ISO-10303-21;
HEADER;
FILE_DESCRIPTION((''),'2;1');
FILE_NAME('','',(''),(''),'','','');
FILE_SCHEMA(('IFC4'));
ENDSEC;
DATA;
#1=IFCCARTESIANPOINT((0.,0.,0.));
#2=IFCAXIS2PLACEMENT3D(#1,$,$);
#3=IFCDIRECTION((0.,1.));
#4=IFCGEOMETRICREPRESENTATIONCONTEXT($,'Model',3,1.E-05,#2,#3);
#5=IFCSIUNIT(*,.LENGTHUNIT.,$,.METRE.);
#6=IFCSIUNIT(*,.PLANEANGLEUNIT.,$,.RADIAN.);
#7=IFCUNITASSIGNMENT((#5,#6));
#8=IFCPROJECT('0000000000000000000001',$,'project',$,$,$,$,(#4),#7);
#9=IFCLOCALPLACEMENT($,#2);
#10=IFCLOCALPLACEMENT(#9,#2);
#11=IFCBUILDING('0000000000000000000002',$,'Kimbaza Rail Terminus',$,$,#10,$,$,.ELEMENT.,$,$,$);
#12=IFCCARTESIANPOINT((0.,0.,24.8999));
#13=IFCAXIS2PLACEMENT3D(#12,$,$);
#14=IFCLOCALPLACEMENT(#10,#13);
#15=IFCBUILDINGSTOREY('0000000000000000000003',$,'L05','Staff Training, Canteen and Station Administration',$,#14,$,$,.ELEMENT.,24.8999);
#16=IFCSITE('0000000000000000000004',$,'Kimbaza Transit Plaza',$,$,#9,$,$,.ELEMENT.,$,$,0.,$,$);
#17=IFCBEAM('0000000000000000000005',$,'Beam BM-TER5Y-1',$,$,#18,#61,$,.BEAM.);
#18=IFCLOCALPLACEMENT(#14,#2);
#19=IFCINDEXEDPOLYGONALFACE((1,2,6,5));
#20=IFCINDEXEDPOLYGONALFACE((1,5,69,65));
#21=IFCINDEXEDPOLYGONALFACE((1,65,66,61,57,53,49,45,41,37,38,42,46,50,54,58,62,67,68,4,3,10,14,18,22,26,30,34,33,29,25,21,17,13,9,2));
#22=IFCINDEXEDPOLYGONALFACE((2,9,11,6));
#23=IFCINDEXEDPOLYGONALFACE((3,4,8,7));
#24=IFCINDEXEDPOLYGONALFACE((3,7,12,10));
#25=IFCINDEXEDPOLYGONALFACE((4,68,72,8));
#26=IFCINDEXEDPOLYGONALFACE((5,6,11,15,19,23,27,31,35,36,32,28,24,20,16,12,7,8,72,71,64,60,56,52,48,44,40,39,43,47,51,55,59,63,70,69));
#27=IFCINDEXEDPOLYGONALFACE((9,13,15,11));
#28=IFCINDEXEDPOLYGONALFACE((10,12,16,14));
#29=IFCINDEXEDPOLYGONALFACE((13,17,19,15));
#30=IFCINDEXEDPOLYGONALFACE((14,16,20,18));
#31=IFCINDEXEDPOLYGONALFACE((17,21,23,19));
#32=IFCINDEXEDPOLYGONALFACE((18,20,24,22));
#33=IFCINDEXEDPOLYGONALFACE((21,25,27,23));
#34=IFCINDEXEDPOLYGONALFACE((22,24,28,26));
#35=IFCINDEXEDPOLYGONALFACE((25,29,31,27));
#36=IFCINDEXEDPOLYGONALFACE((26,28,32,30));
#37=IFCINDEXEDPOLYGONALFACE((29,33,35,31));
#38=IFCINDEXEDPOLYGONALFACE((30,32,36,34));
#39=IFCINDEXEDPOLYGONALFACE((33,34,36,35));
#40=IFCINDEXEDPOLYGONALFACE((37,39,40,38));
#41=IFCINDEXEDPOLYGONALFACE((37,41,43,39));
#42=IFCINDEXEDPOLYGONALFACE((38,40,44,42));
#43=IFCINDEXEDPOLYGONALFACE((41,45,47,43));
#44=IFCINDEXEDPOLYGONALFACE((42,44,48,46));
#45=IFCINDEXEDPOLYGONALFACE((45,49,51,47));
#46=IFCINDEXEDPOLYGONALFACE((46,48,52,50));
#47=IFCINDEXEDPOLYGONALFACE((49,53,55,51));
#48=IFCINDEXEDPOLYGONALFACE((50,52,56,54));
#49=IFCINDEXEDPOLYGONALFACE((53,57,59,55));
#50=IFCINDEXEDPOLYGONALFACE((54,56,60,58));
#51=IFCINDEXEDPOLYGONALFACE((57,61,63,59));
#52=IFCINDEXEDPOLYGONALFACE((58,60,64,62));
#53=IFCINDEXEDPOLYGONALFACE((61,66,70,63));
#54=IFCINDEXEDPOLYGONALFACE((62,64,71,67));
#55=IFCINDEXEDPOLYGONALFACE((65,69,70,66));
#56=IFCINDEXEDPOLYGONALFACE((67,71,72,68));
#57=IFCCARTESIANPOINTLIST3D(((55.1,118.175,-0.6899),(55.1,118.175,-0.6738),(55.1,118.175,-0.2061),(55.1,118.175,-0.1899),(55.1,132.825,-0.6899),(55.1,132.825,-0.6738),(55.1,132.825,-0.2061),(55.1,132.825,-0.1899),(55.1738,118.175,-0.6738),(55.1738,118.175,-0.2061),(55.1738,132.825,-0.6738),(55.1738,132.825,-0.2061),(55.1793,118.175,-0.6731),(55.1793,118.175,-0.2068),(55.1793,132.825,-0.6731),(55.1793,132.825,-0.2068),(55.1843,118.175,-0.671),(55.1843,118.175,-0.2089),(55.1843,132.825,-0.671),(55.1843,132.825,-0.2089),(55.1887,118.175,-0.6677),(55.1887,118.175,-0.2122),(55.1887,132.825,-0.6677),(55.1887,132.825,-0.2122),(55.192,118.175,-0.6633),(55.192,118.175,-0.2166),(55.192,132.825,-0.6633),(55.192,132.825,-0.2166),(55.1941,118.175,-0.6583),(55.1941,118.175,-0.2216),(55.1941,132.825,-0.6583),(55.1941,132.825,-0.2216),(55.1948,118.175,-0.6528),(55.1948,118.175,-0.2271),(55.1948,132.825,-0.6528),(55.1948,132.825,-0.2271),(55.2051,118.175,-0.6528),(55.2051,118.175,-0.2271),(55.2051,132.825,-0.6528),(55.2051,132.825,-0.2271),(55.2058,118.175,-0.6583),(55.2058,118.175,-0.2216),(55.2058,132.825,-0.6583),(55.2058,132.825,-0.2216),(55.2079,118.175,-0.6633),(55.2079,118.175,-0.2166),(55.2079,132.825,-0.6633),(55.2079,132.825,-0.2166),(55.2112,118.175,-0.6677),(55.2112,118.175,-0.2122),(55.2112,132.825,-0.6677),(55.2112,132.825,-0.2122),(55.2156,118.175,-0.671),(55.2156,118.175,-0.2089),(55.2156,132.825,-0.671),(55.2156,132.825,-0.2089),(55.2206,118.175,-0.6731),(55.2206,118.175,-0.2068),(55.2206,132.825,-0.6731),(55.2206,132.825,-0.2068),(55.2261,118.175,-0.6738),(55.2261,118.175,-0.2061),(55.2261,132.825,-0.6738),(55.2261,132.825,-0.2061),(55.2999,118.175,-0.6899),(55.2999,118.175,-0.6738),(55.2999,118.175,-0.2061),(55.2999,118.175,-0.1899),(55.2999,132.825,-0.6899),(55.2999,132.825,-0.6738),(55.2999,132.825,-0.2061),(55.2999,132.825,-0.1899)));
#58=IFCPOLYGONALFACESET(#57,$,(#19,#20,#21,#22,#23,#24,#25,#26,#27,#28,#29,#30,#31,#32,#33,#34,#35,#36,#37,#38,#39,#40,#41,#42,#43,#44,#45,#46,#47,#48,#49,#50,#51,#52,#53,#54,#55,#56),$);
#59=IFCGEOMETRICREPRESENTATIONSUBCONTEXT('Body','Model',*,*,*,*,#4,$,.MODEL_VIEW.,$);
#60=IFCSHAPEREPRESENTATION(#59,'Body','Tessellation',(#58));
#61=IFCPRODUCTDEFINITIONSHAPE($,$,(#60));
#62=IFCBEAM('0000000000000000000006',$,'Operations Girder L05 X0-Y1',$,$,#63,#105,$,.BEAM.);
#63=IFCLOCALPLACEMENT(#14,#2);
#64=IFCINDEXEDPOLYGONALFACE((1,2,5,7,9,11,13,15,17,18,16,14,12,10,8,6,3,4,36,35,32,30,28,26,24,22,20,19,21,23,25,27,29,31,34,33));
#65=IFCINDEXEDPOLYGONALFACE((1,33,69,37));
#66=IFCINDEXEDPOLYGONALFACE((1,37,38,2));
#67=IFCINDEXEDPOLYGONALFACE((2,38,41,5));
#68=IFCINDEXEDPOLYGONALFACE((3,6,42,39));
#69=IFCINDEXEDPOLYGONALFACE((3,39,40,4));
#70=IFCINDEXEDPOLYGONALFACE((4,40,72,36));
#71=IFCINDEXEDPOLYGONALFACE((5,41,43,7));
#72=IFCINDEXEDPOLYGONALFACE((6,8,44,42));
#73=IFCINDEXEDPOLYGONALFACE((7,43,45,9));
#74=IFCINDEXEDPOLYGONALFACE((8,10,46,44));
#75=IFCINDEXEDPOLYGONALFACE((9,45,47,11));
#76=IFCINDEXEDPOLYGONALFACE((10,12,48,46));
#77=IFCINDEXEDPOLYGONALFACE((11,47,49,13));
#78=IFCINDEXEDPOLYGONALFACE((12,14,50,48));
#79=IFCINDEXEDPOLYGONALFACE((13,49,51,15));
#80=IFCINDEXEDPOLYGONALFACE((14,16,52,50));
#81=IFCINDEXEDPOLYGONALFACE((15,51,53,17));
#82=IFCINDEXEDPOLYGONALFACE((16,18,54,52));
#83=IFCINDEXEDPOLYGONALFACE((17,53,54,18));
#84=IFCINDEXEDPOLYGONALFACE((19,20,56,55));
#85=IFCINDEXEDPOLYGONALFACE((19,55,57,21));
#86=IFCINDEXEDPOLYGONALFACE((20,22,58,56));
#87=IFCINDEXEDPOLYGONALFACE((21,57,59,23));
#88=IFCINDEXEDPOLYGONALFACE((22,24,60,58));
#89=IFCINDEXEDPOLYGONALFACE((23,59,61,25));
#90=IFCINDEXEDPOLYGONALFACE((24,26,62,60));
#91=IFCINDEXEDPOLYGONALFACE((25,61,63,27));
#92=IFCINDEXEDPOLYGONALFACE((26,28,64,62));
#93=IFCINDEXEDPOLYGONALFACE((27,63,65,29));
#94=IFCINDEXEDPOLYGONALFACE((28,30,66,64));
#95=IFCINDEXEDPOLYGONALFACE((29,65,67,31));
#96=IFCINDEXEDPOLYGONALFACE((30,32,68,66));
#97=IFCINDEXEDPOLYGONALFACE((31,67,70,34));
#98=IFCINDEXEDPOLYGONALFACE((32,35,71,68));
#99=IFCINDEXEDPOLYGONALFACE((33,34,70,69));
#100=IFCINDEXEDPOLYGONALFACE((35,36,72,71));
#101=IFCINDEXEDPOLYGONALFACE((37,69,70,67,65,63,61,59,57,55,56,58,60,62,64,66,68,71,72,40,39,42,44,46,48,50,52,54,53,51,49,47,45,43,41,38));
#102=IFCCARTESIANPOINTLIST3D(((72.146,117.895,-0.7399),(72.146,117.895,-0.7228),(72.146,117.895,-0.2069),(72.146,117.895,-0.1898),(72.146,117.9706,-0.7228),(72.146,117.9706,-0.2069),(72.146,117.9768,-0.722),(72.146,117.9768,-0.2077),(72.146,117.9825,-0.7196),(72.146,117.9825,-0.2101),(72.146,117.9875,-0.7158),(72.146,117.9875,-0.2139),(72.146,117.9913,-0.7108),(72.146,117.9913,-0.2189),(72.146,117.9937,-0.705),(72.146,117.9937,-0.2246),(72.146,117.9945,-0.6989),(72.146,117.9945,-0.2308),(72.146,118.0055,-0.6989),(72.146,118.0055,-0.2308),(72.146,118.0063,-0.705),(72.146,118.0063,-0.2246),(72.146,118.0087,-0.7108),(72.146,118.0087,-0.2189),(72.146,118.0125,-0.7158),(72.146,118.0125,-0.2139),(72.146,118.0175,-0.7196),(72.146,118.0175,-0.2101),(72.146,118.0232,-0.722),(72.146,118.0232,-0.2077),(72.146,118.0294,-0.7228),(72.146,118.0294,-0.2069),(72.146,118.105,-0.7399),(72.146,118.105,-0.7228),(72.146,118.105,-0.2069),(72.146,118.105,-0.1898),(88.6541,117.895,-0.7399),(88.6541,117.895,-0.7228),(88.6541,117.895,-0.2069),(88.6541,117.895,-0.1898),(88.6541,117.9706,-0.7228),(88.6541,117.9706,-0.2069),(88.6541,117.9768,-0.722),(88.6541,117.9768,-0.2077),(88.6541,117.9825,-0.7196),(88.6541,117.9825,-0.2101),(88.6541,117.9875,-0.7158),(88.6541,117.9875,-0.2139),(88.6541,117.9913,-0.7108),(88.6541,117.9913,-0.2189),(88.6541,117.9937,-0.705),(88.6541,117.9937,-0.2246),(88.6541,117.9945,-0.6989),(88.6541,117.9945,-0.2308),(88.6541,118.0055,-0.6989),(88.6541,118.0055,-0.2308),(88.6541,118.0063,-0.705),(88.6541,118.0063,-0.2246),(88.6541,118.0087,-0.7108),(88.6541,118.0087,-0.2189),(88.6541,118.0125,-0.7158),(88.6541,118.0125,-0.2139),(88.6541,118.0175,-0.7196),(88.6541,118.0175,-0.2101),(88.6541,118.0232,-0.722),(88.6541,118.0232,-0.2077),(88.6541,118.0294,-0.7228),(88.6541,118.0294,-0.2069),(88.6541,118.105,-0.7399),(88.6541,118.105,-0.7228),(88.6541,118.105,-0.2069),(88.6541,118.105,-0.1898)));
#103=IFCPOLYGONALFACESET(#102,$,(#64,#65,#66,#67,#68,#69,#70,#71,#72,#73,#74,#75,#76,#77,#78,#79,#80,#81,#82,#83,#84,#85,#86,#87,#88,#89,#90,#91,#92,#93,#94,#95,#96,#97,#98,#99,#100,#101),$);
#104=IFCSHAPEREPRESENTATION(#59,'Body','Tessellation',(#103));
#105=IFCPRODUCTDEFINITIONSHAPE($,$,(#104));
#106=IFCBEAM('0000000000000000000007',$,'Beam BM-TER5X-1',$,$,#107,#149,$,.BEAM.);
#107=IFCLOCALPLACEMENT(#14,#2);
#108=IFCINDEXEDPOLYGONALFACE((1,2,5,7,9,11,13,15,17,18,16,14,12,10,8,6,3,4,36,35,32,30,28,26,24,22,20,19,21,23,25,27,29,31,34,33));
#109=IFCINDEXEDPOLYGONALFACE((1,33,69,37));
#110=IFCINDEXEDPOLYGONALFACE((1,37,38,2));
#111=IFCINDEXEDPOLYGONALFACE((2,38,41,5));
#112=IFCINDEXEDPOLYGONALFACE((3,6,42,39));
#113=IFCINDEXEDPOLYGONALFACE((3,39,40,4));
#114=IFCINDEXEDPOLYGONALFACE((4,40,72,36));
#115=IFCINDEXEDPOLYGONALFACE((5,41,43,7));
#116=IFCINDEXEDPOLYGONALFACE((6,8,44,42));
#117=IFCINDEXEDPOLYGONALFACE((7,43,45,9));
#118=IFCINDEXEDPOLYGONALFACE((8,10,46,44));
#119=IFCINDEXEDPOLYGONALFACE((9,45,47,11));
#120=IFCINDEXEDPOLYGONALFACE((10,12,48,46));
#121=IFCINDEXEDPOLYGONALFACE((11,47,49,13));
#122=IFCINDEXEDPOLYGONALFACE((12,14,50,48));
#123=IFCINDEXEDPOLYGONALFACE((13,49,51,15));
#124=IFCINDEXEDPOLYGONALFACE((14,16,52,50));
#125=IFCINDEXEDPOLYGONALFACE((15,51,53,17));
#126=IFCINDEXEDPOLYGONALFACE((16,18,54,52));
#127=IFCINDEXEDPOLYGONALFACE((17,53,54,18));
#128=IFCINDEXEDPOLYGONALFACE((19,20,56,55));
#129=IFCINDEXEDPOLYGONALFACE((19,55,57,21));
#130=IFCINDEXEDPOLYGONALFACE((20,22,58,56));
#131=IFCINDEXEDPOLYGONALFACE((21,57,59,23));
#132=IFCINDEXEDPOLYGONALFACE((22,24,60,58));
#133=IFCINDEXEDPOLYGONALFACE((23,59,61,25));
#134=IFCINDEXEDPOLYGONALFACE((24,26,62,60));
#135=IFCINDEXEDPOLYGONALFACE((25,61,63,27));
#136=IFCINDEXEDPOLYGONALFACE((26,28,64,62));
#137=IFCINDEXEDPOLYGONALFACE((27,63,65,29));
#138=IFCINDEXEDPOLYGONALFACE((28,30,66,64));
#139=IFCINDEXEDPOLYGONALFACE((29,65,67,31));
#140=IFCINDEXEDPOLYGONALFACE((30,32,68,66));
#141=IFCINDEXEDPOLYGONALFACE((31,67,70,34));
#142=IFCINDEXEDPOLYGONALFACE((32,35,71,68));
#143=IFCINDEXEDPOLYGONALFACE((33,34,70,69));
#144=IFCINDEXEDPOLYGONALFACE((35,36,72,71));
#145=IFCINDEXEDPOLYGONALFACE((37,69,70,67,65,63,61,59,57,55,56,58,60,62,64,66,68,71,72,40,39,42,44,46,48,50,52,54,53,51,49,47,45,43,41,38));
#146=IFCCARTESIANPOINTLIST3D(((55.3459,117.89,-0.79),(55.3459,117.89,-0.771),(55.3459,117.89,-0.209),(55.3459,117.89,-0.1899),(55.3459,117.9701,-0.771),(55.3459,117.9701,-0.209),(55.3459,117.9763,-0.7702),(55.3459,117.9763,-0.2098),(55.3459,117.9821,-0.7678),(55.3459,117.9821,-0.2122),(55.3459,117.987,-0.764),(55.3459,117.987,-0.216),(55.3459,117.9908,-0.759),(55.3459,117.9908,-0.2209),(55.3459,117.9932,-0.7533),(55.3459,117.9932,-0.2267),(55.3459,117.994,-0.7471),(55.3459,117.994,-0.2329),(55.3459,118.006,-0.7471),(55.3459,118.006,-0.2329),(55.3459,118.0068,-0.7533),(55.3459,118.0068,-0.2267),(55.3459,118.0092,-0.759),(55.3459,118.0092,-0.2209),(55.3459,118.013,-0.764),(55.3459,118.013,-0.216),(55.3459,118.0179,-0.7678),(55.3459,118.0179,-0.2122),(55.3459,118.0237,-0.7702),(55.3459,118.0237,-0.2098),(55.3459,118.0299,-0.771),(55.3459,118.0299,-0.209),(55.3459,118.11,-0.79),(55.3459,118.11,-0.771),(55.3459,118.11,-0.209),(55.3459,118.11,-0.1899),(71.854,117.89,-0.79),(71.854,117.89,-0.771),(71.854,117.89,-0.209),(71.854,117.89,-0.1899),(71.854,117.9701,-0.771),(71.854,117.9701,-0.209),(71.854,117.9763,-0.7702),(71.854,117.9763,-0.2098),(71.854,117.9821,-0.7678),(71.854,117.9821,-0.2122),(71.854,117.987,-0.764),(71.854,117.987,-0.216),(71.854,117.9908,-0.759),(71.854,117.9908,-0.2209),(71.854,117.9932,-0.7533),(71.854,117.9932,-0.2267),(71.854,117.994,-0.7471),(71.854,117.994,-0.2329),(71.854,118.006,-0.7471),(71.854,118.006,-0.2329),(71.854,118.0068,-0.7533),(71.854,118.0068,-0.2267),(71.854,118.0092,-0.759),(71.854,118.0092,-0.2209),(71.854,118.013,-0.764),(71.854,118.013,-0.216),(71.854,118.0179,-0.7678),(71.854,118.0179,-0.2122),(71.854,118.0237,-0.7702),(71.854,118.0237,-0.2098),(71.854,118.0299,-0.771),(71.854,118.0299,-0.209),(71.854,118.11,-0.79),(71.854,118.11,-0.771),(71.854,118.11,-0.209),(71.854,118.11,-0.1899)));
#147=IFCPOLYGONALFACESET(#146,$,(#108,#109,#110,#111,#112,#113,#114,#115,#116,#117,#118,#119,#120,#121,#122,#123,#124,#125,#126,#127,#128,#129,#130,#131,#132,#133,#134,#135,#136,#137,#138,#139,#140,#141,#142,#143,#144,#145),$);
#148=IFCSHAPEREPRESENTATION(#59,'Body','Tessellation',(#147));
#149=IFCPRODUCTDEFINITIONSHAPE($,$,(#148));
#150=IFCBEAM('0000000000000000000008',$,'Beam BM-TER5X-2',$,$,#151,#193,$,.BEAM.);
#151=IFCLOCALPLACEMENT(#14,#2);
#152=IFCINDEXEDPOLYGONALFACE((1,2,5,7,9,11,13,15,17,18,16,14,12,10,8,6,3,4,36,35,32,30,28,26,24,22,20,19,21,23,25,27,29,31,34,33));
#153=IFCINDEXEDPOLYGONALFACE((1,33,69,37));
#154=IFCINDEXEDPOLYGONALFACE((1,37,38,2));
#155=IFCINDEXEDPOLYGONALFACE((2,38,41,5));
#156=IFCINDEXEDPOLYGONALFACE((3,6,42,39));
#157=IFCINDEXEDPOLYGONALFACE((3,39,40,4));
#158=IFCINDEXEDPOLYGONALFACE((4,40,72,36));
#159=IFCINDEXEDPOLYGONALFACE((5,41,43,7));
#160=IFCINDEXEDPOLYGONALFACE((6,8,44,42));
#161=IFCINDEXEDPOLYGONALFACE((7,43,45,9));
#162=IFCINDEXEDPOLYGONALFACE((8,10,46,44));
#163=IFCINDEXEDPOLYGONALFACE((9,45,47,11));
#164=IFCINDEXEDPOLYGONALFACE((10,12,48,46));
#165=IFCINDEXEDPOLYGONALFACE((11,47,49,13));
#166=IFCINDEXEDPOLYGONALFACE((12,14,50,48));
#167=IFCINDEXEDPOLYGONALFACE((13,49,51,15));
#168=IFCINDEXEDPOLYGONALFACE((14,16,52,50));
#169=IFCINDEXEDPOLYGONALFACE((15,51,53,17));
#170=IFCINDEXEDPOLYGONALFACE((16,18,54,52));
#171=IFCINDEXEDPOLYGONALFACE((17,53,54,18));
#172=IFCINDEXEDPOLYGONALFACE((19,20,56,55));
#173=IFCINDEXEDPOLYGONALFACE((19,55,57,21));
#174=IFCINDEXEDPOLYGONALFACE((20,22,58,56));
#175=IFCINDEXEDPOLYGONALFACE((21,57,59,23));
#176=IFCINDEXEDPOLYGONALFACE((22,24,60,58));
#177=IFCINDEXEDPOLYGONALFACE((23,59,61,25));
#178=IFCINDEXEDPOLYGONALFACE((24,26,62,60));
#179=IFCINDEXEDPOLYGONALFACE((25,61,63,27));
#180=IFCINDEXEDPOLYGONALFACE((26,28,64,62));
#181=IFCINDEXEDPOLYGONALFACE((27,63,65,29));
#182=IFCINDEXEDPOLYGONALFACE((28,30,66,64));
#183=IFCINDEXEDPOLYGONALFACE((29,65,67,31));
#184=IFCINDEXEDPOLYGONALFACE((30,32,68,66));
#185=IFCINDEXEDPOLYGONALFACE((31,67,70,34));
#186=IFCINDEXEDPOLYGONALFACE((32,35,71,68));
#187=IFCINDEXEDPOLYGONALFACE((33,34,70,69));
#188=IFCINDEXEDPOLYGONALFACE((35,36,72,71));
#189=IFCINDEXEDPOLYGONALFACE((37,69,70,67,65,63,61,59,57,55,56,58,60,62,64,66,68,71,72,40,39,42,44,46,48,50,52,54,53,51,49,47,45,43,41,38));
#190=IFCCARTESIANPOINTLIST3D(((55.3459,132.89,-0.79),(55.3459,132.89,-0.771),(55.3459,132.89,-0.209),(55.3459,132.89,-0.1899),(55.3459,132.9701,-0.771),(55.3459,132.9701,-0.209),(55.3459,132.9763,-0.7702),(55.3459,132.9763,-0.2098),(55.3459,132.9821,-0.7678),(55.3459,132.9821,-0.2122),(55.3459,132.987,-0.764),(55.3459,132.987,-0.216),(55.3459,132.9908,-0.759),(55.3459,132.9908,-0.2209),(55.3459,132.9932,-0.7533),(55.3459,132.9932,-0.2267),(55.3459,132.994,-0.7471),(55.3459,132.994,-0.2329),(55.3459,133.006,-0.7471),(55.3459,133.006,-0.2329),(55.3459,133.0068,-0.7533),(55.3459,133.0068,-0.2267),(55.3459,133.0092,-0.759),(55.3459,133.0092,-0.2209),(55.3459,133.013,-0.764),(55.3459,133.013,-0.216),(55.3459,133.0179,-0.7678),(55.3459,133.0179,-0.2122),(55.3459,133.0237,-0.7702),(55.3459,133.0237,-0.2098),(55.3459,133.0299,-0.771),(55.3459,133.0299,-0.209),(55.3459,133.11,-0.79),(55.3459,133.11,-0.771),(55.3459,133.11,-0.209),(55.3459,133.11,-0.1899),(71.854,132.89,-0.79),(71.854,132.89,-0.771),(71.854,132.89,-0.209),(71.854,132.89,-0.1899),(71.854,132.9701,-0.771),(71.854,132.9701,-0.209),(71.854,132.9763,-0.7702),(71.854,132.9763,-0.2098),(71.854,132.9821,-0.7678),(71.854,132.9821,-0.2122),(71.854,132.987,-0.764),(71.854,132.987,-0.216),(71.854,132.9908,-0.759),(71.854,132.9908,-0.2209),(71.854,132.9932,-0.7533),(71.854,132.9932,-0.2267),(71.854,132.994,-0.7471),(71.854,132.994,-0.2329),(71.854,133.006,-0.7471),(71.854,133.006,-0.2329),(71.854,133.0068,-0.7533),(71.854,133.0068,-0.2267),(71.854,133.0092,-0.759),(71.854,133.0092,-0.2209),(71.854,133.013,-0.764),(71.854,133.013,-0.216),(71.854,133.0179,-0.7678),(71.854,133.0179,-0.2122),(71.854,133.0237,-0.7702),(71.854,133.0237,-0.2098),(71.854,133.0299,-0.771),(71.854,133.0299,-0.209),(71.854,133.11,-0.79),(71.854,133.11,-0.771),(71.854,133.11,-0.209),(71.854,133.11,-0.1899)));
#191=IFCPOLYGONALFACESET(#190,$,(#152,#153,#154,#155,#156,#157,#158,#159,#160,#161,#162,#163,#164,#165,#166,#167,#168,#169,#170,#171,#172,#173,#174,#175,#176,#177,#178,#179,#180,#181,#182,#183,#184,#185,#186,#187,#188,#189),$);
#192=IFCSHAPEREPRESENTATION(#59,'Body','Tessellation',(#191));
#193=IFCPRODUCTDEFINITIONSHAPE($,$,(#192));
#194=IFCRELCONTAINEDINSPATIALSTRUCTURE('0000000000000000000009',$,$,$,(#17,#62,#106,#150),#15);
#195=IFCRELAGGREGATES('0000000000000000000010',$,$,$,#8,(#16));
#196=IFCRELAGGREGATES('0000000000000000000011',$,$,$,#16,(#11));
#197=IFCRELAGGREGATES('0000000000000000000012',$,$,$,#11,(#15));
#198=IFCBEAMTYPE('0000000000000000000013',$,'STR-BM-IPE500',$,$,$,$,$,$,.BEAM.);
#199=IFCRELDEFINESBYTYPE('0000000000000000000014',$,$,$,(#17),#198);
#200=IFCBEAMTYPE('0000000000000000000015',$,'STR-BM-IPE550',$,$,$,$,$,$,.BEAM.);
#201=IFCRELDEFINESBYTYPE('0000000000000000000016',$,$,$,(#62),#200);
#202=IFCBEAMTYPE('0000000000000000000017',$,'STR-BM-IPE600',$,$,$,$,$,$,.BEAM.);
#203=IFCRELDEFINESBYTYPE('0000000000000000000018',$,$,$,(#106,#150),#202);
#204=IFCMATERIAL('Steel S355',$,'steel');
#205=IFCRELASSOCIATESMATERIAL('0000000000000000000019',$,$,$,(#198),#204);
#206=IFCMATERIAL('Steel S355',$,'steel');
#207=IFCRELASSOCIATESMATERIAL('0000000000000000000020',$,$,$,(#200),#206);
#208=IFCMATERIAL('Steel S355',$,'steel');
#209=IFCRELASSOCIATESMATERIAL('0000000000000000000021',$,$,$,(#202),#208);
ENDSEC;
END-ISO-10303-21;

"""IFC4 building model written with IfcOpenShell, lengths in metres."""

from ifc_helpers import new_model, si_unit, direction, frame, origin, origin_2d, place, context, subcontext, project, spatial, i_section, extrude, material, material_profile, profile_set, type_object, element, save


model = new_model("IFC4")

# Units and contexts
model_context = context("Model", 3, precision=1e-05, world=origin(), true_north=direction((0.0, 1.0)))
body_context = subcontext(model_context, "Body", "Model", "MODEL_VIEW")
ifc_project = project(units=[si_unit("LENGTHUNIT", "METRE"), si_unit("PLANEANGLEUNIT", "RADIAN")], contexts=[model_context])

# Site, building, storey
site_placement = place(None, origin())
site = spatial("IfcSite", under=ifc_project, at=site_placement, Name="Kimbaza Transit Plaza", CompositionType="ELEMENT", RefElevation=0.0)
building_placement = place(site_placement, origin())
building = spatial("IfcBuilding", under=site, at=building_placement, Name="Kimbaza Rail Terminus", CompositionType="ELEMENT")
storey_placement = place(building_placement, frame((0.0, 0.0, 24.8999)))
storey = spatial("IfcBuildingStorey", under=building, at=storey_placement, Name="L05", Description="Staff Training, Canteen and Station Administration", CompositionType="ELEMENT", Elevation=24.8999)

# Beams
ifc_material_1 = material(Name="Steel S355", Category="steel")
ifc_material_profile_1 = material_profile(ifc_material_1, i_section(OverallWidth=0.2, OverallDepth=0.5, WebThickness=0.0103, FlangeThickness=0.0161, FilletRadius=0.021, at=origin_2d()), Name="IPE 500")
ifc_profile_set_1 = profile_set([ifc_material_profile_1], Name="Steel S355")
beam_type_1 = type_object("IfcBeamType", Name="STR-BM-IPE500", PredefinedType="BEAM", material=ifc_profile_set_1)
beam_1_placement = place(storey_placement, frame((55.2, 118.175, -0.4399), z_axis=(0.0, 1.0, 0.0), x_axis=(-1.0, 0.0, 0.0)))
element("IfcBeam", 1, at=beam_1_placement, inside=storey, type_object=beam_type_1, Name="Beam BM-TER5Y-1", PredefinedType="BEAM", context=body_context, shape_type="SweptSolid", body=[
    extrude(i_section(OverallWidth=0.2, OverallDepth=0.5, WebThickness=0.0103, FlangeThickness=0.0161, FilletRadius=0.021, at=origin_2d()), origin(), (0.0, 0.0, 1.0), 14.6499),
])
ifc_material_2 = material(Name="Steel S355", Category="steel")
ifc_material_profile_2 = material_profile(ifc_material_2, i_section(OverallWidth=0.21, OverallDepth=0.55, WebThickness=0.011, FlangeThickness=0.0171, FilletRadius=0.0239, at=origin_2d()), Name="IPE 550")
ifc_profile_set_2 = profile_set([ifc_material_profile_2], Name="Steel S355")
beam_type_2 = type_object("IfcBeamType", Name="STR-BM-IPE550", PredefinedType="BEAM", material=ifc_profile_set_2)
beam_2_placement = place(storey_placement, frame((72.146, 118.0, -0.4648), z_axis=(1.0, 0.0, 0.0), x_axis=(0.0, 1.0, 0.0)))
element("IfcBeam", 2, at=beam_2_placement, inside=storey, type_object=beam_type_2, Name="Operations Girder L05 X0-Y1", PredefinedType="BEAM", context=body_context, shape_type="SweptSolid", body=[
    extrude(i_section(OverallWidth=0.21, OverallDepth=0.55, WebThickness=0.011, FlangeThickness=0.0171, FilletRadius=0.0239, at=origin_2d()), origin(), (0.0, 0.0, 1.0), 16.5081),
])
ifc_material_3 = material(Name="Steel S355", Category="steel")
ifc_material_profile_3 = material_profile(ifc_material_3, i_section(OverallWidth=0.22, OverallDepth=0.6001, WebThickness=0.012, FlangeThickness=0.019, FilletRadius=0.0239, at=origin_2d()), Name="IPE 600")
ifc_profile_set_3 = profile_set([ifc_material_profile_3], Name="Steel S355")
beam_type_3 = type_object("IfcBeamType", Name="STR-BM-IPE600", PredefinedType="BEAM", material=ifc_profile_set_3)
for number, where, z_axis, x_axis, name in (
    (3, (55.3459, 118.0, -0.49), (1.0, 0.0, 0.0), (0.0, 1.0, 0.0), "Beam BM-TER5X-1"),
    (4, (55.3459, 133.0, -0.49), (1.0, 0.0, 0.0), (0.0, 1.0, 0.0), "Beam BM-TER5X-2"),
):
    element("IfcBeam", number, at=place(storey_placement, frame(where, z_axis=z_axis, x_axis=x_axis)), inside=storey, type_object=beam_type_3, Name=name, PredefinedType="BEAM", context=body_context, shape_type="SweptSolid", body=[
        extrude(i_section(OverallWidth=0.22, OverallDepth=0.6001, WebThickness=0.012, FlangeThickness=0.019, FilletRadius=0.0239, at=origin_2d()), origin(), (0.0, 0.0, 1.0), 16.5081),
    ])

save(model, "model.ifc")
